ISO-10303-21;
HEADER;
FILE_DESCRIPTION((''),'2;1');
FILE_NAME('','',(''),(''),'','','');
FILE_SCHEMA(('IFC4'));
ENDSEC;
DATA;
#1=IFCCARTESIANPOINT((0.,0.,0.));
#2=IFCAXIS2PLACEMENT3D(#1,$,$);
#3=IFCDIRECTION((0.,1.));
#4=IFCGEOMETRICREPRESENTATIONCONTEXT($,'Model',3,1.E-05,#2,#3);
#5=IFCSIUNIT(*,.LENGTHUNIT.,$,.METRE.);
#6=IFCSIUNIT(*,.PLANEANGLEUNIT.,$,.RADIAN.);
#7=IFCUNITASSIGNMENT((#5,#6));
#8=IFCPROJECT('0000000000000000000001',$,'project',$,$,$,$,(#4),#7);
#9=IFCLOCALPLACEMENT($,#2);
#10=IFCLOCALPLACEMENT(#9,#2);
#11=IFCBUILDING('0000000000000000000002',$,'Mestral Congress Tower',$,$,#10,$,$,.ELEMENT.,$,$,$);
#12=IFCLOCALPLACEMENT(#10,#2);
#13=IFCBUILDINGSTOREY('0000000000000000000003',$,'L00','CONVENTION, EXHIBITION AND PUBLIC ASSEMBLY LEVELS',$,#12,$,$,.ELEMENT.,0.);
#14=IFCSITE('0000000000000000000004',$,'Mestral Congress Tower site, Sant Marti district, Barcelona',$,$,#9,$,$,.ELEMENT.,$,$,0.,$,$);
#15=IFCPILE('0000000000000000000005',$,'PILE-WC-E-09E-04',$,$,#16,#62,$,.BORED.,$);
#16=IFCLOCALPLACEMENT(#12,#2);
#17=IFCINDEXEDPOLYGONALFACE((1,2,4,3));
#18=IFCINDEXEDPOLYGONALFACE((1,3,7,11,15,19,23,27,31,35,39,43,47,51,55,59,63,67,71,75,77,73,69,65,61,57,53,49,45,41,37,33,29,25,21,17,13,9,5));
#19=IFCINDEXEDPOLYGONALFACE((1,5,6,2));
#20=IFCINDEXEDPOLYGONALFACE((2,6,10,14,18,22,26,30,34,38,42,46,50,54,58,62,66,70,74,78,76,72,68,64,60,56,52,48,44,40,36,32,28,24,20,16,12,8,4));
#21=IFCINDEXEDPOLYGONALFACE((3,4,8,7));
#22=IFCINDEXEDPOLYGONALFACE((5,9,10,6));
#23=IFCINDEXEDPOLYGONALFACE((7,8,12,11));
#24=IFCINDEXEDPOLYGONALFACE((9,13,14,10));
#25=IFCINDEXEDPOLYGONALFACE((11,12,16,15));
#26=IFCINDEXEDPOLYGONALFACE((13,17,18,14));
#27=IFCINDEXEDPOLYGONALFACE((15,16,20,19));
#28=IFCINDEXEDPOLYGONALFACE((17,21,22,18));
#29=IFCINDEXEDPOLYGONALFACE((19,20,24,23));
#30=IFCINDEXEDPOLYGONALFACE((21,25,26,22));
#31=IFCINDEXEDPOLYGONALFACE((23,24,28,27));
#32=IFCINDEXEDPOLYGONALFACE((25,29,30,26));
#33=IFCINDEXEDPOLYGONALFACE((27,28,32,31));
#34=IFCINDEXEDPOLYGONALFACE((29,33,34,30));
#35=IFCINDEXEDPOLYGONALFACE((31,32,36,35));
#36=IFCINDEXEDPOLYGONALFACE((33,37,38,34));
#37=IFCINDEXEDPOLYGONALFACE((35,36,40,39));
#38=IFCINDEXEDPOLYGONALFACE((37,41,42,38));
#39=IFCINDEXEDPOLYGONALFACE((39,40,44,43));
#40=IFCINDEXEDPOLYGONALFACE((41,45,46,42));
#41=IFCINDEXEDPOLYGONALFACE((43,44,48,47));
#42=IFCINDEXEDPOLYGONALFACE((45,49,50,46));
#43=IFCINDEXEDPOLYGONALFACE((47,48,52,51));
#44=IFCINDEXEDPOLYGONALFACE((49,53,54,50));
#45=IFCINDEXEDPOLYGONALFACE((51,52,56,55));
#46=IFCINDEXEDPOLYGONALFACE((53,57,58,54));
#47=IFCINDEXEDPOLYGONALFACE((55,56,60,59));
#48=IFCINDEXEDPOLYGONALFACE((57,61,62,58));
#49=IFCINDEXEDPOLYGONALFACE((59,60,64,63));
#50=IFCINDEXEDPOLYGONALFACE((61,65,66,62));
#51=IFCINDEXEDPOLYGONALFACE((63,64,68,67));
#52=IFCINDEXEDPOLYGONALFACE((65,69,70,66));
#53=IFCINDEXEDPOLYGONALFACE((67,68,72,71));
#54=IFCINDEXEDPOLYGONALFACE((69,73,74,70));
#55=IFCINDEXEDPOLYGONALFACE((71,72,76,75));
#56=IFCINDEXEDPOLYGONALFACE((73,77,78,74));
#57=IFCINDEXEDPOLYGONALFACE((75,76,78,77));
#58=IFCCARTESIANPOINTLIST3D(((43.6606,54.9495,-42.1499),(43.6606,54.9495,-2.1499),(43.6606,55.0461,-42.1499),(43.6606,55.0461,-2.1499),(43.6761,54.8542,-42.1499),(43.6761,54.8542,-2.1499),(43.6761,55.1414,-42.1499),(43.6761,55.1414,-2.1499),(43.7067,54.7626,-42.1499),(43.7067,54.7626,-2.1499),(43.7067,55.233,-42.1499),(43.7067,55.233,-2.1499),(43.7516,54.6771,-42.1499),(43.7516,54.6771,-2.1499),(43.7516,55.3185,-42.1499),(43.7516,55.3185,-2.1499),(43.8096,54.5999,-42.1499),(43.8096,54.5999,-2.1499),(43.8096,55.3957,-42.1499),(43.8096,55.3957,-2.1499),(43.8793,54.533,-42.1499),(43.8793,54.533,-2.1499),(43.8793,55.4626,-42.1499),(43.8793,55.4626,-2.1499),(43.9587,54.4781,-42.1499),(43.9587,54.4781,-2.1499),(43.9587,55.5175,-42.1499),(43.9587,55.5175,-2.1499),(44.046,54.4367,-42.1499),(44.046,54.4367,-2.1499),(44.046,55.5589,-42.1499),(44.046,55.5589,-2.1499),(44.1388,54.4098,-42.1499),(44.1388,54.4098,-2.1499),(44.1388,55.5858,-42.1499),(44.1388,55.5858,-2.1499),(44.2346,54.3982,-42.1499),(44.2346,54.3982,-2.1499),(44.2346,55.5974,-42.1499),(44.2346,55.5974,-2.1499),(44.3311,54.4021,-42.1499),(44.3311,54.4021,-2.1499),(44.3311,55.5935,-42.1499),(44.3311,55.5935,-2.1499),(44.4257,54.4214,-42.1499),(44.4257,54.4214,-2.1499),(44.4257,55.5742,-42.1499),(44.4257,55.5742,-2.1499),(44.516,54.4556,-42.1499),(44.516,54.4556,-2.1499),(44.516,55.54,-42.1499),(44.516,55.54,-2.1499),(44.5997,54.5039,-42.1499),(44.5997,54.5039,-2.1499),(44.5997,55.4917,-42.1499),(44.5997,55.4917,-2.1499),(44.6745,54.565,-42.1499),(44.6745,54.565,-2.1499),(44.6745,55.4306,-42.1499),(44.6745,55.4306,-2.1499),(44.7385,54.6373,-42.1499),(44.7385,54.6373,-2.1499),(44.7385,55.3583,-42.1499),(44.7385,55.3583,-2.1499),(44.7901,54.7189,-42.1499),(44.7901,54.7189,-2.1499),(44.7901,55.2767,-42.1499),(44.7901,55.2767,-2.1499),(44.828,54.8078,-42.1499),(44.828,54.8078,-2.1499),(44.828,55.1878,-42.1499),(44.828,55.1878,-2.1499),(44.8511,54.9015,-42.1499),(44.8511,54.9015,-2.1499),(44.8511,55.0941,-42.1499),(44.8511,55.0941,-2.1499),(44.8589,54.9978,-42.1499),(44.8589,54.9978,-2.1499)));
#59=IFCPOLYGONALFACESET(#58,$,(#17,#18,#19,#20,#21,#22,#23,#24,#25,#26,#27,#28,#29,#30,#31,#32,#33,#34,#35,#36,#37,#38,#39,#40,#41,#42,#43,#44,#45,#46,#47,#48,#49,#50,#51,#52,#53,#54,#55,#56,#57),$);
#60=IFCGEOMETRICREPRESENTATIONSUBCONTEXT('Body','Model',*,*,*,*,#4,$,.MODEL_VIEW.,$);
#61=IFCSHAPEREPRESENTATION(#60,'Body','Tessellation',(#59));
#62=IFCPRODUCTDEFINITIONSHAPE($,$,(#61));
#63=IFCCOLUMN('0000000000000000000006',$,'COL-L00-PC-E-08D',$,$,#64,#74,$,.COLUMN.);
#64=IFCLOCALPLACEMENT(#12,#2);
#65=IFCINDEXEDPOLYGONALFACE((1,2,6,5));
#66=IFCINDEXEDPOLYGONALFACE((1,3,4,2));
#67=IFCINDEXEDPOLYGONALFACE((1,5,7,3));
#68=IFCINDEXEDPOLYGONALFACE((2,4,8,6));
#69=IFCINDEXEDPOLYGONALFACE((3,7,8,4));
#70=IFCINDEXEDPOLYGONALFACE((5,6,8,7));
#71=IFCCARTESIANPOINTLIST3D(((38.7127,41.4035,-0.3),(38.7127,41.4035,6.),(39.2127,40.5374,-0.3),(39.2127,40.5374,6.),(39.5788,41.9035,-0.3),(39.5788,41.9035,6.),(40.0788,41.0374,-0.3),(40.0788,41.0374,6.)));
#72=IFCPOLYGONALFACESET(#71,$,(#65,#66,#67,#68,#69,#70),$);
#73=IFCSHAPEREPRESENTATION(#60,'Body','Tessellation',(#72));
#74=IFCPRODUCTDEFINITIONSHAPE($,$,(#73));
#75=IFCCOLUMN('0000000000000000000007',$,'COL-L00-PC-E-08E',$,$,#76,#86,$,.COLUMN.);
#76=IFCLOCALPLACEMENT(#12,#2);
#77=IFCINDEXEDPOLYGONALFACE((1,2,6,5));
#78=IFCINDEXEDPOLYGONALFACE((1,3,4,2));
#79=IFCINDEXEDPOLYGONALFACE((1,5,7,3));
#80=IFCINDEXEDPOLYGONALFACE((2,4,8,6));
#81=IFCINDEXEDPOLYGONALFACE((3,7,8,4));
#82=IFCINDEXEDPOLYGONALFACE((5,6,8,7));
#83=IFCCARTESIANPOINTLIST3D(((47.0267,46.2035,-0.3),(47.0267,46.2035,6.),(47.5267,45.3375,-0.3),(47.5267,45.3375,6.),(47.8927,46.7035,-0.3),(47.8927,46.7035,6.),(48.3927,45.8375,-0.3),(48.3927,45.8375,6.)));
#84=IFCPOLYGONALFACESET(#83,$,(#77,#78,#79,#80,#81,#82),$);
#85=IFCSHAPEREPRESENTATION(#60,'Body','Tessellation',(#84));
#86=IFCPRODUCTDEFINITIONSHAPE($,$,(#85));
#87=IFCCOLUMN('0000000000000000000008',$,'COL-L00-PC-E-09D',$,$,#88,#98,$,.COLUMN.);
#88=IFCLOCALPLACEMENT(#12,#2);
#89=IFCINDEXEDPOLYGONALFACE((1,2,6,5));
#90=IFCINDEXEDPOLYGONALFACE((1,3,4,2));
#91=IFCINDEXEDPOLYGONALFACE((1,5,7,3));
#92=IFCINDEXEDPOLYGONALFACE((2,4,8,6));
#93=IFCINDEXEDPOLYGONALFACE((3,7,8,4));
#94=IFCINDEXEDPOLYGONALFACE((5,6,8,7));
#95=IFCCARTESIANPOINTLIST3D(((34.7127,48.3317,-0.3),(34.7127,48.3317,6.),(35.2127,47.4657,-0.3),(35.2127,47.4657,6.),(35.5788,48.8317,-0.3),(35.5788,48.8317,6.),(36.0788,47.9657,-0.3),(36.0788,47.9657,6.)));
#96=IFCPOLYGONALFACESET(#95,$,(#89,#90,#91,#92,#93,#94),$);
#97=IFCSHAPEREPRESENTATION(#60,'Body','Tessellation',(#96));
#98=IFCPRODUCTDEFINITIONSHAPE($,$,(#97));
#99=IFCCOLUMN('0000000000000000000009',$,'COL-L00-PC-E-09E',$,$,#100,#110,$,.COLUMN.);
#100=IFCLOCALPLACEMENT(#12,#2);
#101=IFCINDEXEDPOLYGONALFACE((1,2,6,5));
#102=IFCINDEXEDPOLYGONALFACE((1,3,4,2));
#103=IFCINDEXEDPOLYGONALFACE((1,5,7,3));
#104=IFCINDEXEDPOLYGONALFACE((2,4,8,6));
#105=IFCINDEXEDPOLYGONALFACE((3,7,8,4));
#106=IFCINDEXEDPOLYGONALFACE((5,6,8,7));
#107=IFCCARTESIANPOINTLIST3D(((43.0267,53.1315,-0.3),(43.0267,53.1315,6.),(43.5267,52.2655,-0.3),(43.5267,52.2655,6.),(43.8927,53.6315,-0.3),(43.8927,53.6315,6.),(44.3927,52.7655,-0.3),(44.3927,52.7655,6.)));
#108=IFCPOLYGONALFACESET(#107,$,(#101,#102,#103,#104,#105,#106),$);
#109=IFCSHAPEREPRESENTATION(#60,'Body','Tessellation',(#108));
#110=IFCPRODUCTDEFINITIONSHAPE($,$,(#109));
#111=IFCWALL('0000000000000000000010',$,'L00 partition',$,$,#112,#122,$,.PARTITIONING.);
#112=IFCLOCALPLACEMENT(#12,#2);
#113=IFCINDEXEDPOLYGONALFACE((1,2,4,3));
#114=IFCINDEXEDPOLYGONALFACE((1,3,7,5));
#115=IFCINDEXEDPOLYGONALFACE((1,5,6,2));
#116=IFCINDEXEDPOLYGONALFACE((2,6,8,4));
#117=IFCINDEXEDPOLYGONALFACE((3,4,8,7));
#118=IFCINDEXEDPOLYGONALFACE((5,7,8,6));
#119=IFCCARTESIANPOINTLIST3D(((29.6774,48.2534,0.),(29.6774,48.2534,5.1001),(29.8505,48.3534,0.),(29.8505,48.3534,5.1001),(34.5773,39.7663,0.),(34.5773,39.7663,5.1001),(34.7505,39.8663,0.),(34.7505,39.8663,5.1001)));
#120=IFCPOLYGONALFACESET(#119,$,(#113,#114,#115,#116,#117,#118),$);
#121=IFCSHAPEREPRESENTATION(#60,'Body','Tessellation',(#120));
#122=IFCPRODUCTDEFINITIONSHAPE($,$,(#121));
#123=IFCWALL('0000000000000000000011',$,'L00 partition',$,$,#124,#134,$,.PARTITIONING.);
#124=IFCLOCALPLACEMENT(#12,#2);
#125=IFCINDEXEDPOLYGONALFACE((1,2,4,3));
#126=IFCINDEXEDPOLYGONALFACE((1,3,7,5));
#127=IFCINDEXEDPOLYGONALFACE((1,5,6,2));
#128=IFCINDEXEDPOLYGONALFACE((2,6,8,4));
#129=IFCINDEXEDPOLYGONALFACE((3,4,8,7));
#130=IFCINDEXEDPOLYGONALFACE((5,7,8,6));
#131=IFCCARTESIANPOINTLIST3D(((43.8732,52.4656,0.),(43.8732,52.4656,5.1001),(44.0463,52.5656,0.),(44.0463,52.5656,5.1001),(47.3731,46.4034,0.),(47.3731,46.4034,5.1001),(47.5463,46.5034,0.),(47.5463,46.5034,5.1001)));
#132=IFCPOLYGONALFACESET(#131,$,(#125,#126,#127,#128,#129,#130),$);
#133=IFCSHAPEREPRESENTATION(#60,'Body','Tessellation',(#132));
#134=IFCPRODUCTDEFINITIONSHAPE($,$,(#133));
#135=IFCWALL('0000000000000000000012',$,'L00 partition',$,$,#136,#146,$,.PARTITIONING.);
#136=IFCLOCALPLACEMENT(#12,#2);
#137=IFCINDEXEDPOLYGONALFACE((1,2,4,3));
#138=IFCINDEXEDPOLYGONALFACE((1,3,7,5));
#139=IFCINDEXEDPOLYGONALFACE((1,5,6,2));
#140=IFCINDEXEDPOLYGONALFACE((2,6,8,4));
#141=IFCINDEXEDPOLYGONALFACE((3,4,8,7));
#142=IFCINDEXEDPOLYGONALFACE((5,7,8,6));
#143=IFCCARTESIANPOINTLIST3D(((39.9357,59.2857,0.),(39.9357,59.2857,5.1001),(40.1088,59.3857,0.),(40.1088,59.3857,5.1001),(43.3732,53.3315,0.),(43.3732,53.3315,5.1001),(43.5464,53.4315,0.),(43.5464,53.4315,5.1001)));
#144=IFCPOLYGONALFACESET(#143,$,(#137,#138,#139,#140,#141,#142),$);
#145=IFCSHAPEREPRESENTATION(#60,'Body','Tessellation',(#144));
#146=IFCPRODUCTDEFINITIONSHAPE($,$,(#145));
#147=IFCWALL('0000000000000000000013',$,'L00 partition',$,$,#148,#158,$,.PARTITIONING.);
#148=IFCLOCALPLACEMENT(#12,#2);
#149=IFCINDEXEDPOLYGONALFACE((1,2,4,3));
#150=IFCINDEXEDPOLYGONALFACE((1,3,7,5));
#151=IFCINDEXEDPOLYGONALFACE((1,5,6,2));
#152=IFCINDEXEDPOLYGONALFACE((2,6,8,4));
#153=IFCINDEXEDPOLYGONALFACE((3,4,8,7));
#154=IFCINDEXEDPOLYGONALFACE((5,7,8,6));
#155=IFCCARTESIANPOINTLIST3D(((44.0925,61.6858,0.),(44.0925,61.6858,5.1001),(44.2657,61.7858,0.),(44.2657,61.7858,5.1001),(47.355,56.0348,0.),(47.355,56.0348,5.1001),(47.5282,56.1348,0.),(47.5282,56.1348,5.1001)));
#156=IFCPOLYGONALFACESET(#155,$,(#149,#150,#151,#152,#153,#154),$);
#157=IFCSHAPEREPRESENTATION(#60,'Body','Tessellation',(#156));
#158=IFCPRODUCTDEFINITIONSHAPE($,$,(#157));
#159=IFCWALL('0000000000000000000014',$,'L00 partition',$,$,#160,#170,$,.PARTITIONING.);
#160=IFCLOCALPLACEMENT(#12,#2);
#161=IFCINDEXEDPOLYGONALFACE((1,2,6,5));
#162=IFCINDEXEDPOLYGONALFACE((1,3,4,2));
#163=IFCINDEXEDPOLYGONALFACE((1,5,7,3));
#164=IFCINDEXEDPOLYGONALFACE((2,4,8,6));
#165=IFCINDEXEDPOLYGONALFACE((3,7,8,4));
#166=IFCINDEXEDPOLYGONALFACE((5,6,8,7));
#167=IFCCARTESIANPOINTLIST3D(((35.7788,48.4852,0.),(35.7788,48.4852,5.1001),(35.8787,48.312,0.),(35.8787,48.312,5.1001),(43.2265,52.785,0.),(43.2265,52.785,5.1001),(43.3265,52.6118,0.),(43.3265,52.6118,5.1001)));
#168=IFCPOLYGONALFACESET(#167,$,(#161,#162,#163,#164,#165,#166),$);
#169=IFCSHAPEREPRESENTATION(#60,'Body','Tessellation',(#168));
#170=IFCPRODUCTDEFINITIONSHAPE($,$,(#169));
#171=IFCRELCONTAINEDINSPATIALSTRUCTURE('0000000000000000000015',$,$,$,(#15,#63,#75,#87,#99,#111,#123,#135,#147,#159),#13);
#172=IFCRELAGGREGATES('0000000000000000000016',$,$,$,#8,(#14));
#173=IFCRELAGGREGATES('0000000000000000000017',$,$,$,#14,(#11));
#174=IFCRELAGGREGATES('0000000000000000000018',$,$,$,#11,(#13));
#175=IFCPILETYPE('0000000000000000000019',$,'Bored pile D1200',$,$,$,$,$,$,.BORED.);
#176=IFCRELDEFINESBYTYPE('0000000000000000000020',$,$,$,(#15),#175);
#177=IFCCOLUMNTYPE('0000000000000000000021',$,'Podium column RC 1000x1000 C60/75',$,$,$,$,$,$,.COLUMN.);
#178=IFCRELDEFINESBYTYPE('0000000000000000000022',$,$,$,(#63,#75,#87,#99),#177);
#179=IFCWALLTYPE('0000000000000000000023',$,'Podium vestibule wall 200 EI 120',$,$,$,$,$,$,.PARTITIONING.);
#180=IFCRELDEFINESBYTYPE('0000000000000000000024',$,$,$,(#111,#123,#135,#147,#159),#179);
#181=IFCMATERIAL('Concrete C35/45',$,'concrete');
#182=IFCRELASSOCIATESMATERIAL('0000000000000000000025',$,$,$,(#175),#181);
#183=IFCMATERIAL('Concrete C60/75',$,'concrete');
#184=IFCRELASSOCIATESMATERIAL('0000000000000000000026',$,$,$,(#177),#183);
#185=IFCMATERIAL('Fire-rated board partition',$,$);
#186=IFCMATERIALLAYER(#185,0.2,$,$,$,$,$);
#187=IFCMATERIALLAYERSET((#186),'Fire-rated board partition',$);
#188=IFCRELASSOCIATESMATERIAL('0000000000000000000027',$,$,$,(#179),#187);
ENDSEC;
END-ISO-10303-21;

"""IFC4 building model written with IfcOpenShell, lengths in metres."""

from ifc_helpers import new_model, si_unit, direction, frame, frame_2d, origin, origin_2d, place, context, subcontext, project, spatial, rectangle, circle, extrude, material, layer, layer_set, material_profile, profile_set, type_object, element, save


model = new_model("IFC4")

# Units and contexts
model_context = context("Model", 3, precision=1e-05, world=origin(), true_north=direction((0.0, 1.0)))
body_context = subcontext(model_context, "Body", "Model", "MODEL_VIEW")
ifc_project = project(units=[si_unit("LENGTHUNIT", "METRE"), si_unit("PLANEANGLEUNIT", "RADIAN")], contexts=[model_context])

# Site, building, storey
site_placement = place(None, origin())
site = spatial("IfcSite", under=ifc_project, at=site_placement, Name="Mestral Congress Tower site, Sant Marti district, Barcelona", CompositionType="ELEMENT", RefElevation=0.0)
building_placement = place(site_placement, origin())
building = spatial("IfcBuilding", under=site, at=building_placement, Name="Mestral Congress Tower", CompositionType="ELEMENT")
storey_placement = place(building_placement, origin())
storey = spatial("IfcBuildingStorey", under=building, at=storey_placement, Name="L00", Description="CONVENTION, EXHIBITION AND PUBLIC ASSEMBLY LEVELS", CompositionType="ELEMENT", Elevation=0.0)

# Pile
ifc_material_1 = material(Name="Concrete C35/45", Category="concrete")
ifc_material_profile_1 = material_profile(ifc_material_1, circle(Radius=0.6001, at=origin_2d()), Name="D1200")
ifc_profile_set_1 = profile_set([ifc_material_profile_1], Name="Concrete C35/45")
pile_type = type_object("IfcPileType", Name="Bored pile D1200", PredefinedType="BORED", material=ifc_profile_set_1)
for number, where, z_axis, x_axis, name in (
    (1, (44.2588, 54.9978, -2.1499), (0.0, 0.0, -1.0), (1.0, 0.0, 0.0), "PILE-WC-E-09E-04"),
):
    element("IfcPile", number, at=place(storey_placement, frame(where, z_axis=z_axis, x_axis=x_axis)), inside=storey, type_object=pile_type, Name=name, PredefinedType="BORED", context=body_context, shape_type="SweptSolid", body=[
        extrude(circle(Radius=0.6001, at=origin_2d()), origin(), (0.0, 0.0, 1.0), 40.0),
    ])

# Columns
ifc_material_2 = material(Name="Concrete C60/75", Category="concrete")
ifc_material_profile_2 = material_profile(ifc_material_2, rectangle(XDim=1.0, YDim=1.0, at=origin_2d()), Name="RC 1000x1000")
ifc_profile_set_2 = profile_set([ifc_material_profile_2], Name="Concrete C60/75")
column_type = type_object("IfcColumnType", Name="Podium column RC 1000x1000 C60/75", PredefinedType="COLUMN", material=ifc_profile_set_2)
for number, where, z_axis, x_axis, name in (
    (2, (39.3958, 41.2205, -0.3), (0.0, 0.0, 1.0), (-0.5, 0.866025, 0.0), "COL-L00-PC-E-08D"),
    (3, (47.7097, 46.0205, -0.3), (0.0, 0.0, 1.0), (-0.5, 0.866025, 0.0), "COL-L00-PC-E-08E"),
    (4, (35.3958, 48.1487, -0.3), (0.0, 0.0, 1.0), (-0.5, 0.866025, 0.0), "COL-L00-PC-E-09D"),
    (5, (43.7097, 52.9485, -0.3), (0.0, 0.0, 1.0), (-0.5, 0.866025, 0.0), "COL-L00-PC-E-09E"),
):
    element("IfcColumn", number, at=place(storey_placement, frame(where, z_axis=z_axis, x_axis=x_axis)), inside=storey, type_object=column_type, Name=name, PredefinedType="COLUMN", context=body_context, shape_type="SweptSolid", body=[
        extrude(rectangle(XDim=1.0, YDim=1.0, at=origin_2d()), origin(), (0.0, 0.0, 1.0), 6.3),
    ])

# Walls
ifc_material_3 = material(Name="Fire-rated board partition")
ifc_layer = layer(ifc_material_3, 0.2)
ifc_layer_set = layer_set([ifc_layer], Name="Fire-rated board partition")
wall_type = type_object("IfcWallType", Name="Podium vestibule wall 200 EI 120", PredefinedType="PARTITIONING", material=ifc_layer_set)
wall_1_placement = place(storey_placement, frame((34.6638, 39.8164, 0.0), z_axis=(0.0, 0.0, 1.0), x_axis=(-0.499992, 0.86603, 0.0)))
element("IfcWall", 6, at=wall_1_placement, inside=storey, type_object=wall_type, Name="L00 partition", PredefinedType="PARTITIONING", context=body_context, shape_type="SweptSolid", body=[
    extrude(rectangle(XDim=9.8, YDim=0.2, at=frame_2d((4.8999, 0.0))), origin(), (0.0, 0.0, 1.0), 5.1001),
])
wall_2_placement = place(storey_placement, frame((47.4597, 46.4534, 0.0), z_axis=(0.0, 0.0, 1.0), x_axis=(-0.499995, 0.866028, 0.0)))
element("IfcWall", 7, at=wall_2_placement, inside=storey, type_object=wall_type, Name="L00 partition", PredefinedType="PARTITIONING", context=body_context, shape_type="SweptSolid", body=[
    extrude(rectangle(XDim=7.0, YDim=0.2, at=frame_2d((3.5, 0.0))), origin(), (0.0, 0.0, 1.0), 5.1001),
])
wall_3_placement = place(storey_placement, frame((43.4597, 53.3816, 0.0), z_axis=(0.0, 0.0, 1.0), x_axis=(-0.499989, 0.866032, 0.0)))
element("IfcWall", 8, at=wall_3_placement, inside=storey, type_object=wall_type, Name="L00 partition", PredefinedType="PARTITIONING", context=body_context, shape_type="SweptSolid", body=[
    extrude(rectangle(XDim=6.8752, YDim=0.2, at=frame_2d((3.4375, 0.0))), origin(), (0.0, 0.0, 1.0), 5.1001),
])
wall_4_placement = place(storey_placement, frame((47.4417, 56.0847, 0.0), z_axis=(0.0, 0.0, 1.0), x_axis=(-0.49999, 0.866031, 0.0)))
element("IfcWall", 9, at=wall_4_placement, inside=storey, type_object=wall_type, Name="L00 partition", PredefinedType="PARTITIONING", context=body_context, shape_type="SweptSolid", body=[
    extrude(rectangle(XDim=6.5251, YDim=0.2, at=frame_2d((3.2627, 0.0))), origin(), (0.0, 0.0, 1.0), 5.1001),
])
wall_5_placement = place(storey_placement, frame((35.8289, 48.3987, 0.0), z_axis=(0.0, 0.0, 1.0), x_axis=(0.866033, 0.499986, 0.0)))
element("IfcWall", 10, at=wall_5_placement, inside=storey, type_object=wall_type, Name="L00 partition", PredefinedType="PARTITIONING", context=body_context, shape_type="SweptSolid", body=[
    extrude(rectangle(XDim=8.5999, YDim=0.2, at=frame_2d((4.2998, 0.0))), origin(), (0.0, 0.0, 1.0), 5.1001),
])

save(model, "model.ifc")
